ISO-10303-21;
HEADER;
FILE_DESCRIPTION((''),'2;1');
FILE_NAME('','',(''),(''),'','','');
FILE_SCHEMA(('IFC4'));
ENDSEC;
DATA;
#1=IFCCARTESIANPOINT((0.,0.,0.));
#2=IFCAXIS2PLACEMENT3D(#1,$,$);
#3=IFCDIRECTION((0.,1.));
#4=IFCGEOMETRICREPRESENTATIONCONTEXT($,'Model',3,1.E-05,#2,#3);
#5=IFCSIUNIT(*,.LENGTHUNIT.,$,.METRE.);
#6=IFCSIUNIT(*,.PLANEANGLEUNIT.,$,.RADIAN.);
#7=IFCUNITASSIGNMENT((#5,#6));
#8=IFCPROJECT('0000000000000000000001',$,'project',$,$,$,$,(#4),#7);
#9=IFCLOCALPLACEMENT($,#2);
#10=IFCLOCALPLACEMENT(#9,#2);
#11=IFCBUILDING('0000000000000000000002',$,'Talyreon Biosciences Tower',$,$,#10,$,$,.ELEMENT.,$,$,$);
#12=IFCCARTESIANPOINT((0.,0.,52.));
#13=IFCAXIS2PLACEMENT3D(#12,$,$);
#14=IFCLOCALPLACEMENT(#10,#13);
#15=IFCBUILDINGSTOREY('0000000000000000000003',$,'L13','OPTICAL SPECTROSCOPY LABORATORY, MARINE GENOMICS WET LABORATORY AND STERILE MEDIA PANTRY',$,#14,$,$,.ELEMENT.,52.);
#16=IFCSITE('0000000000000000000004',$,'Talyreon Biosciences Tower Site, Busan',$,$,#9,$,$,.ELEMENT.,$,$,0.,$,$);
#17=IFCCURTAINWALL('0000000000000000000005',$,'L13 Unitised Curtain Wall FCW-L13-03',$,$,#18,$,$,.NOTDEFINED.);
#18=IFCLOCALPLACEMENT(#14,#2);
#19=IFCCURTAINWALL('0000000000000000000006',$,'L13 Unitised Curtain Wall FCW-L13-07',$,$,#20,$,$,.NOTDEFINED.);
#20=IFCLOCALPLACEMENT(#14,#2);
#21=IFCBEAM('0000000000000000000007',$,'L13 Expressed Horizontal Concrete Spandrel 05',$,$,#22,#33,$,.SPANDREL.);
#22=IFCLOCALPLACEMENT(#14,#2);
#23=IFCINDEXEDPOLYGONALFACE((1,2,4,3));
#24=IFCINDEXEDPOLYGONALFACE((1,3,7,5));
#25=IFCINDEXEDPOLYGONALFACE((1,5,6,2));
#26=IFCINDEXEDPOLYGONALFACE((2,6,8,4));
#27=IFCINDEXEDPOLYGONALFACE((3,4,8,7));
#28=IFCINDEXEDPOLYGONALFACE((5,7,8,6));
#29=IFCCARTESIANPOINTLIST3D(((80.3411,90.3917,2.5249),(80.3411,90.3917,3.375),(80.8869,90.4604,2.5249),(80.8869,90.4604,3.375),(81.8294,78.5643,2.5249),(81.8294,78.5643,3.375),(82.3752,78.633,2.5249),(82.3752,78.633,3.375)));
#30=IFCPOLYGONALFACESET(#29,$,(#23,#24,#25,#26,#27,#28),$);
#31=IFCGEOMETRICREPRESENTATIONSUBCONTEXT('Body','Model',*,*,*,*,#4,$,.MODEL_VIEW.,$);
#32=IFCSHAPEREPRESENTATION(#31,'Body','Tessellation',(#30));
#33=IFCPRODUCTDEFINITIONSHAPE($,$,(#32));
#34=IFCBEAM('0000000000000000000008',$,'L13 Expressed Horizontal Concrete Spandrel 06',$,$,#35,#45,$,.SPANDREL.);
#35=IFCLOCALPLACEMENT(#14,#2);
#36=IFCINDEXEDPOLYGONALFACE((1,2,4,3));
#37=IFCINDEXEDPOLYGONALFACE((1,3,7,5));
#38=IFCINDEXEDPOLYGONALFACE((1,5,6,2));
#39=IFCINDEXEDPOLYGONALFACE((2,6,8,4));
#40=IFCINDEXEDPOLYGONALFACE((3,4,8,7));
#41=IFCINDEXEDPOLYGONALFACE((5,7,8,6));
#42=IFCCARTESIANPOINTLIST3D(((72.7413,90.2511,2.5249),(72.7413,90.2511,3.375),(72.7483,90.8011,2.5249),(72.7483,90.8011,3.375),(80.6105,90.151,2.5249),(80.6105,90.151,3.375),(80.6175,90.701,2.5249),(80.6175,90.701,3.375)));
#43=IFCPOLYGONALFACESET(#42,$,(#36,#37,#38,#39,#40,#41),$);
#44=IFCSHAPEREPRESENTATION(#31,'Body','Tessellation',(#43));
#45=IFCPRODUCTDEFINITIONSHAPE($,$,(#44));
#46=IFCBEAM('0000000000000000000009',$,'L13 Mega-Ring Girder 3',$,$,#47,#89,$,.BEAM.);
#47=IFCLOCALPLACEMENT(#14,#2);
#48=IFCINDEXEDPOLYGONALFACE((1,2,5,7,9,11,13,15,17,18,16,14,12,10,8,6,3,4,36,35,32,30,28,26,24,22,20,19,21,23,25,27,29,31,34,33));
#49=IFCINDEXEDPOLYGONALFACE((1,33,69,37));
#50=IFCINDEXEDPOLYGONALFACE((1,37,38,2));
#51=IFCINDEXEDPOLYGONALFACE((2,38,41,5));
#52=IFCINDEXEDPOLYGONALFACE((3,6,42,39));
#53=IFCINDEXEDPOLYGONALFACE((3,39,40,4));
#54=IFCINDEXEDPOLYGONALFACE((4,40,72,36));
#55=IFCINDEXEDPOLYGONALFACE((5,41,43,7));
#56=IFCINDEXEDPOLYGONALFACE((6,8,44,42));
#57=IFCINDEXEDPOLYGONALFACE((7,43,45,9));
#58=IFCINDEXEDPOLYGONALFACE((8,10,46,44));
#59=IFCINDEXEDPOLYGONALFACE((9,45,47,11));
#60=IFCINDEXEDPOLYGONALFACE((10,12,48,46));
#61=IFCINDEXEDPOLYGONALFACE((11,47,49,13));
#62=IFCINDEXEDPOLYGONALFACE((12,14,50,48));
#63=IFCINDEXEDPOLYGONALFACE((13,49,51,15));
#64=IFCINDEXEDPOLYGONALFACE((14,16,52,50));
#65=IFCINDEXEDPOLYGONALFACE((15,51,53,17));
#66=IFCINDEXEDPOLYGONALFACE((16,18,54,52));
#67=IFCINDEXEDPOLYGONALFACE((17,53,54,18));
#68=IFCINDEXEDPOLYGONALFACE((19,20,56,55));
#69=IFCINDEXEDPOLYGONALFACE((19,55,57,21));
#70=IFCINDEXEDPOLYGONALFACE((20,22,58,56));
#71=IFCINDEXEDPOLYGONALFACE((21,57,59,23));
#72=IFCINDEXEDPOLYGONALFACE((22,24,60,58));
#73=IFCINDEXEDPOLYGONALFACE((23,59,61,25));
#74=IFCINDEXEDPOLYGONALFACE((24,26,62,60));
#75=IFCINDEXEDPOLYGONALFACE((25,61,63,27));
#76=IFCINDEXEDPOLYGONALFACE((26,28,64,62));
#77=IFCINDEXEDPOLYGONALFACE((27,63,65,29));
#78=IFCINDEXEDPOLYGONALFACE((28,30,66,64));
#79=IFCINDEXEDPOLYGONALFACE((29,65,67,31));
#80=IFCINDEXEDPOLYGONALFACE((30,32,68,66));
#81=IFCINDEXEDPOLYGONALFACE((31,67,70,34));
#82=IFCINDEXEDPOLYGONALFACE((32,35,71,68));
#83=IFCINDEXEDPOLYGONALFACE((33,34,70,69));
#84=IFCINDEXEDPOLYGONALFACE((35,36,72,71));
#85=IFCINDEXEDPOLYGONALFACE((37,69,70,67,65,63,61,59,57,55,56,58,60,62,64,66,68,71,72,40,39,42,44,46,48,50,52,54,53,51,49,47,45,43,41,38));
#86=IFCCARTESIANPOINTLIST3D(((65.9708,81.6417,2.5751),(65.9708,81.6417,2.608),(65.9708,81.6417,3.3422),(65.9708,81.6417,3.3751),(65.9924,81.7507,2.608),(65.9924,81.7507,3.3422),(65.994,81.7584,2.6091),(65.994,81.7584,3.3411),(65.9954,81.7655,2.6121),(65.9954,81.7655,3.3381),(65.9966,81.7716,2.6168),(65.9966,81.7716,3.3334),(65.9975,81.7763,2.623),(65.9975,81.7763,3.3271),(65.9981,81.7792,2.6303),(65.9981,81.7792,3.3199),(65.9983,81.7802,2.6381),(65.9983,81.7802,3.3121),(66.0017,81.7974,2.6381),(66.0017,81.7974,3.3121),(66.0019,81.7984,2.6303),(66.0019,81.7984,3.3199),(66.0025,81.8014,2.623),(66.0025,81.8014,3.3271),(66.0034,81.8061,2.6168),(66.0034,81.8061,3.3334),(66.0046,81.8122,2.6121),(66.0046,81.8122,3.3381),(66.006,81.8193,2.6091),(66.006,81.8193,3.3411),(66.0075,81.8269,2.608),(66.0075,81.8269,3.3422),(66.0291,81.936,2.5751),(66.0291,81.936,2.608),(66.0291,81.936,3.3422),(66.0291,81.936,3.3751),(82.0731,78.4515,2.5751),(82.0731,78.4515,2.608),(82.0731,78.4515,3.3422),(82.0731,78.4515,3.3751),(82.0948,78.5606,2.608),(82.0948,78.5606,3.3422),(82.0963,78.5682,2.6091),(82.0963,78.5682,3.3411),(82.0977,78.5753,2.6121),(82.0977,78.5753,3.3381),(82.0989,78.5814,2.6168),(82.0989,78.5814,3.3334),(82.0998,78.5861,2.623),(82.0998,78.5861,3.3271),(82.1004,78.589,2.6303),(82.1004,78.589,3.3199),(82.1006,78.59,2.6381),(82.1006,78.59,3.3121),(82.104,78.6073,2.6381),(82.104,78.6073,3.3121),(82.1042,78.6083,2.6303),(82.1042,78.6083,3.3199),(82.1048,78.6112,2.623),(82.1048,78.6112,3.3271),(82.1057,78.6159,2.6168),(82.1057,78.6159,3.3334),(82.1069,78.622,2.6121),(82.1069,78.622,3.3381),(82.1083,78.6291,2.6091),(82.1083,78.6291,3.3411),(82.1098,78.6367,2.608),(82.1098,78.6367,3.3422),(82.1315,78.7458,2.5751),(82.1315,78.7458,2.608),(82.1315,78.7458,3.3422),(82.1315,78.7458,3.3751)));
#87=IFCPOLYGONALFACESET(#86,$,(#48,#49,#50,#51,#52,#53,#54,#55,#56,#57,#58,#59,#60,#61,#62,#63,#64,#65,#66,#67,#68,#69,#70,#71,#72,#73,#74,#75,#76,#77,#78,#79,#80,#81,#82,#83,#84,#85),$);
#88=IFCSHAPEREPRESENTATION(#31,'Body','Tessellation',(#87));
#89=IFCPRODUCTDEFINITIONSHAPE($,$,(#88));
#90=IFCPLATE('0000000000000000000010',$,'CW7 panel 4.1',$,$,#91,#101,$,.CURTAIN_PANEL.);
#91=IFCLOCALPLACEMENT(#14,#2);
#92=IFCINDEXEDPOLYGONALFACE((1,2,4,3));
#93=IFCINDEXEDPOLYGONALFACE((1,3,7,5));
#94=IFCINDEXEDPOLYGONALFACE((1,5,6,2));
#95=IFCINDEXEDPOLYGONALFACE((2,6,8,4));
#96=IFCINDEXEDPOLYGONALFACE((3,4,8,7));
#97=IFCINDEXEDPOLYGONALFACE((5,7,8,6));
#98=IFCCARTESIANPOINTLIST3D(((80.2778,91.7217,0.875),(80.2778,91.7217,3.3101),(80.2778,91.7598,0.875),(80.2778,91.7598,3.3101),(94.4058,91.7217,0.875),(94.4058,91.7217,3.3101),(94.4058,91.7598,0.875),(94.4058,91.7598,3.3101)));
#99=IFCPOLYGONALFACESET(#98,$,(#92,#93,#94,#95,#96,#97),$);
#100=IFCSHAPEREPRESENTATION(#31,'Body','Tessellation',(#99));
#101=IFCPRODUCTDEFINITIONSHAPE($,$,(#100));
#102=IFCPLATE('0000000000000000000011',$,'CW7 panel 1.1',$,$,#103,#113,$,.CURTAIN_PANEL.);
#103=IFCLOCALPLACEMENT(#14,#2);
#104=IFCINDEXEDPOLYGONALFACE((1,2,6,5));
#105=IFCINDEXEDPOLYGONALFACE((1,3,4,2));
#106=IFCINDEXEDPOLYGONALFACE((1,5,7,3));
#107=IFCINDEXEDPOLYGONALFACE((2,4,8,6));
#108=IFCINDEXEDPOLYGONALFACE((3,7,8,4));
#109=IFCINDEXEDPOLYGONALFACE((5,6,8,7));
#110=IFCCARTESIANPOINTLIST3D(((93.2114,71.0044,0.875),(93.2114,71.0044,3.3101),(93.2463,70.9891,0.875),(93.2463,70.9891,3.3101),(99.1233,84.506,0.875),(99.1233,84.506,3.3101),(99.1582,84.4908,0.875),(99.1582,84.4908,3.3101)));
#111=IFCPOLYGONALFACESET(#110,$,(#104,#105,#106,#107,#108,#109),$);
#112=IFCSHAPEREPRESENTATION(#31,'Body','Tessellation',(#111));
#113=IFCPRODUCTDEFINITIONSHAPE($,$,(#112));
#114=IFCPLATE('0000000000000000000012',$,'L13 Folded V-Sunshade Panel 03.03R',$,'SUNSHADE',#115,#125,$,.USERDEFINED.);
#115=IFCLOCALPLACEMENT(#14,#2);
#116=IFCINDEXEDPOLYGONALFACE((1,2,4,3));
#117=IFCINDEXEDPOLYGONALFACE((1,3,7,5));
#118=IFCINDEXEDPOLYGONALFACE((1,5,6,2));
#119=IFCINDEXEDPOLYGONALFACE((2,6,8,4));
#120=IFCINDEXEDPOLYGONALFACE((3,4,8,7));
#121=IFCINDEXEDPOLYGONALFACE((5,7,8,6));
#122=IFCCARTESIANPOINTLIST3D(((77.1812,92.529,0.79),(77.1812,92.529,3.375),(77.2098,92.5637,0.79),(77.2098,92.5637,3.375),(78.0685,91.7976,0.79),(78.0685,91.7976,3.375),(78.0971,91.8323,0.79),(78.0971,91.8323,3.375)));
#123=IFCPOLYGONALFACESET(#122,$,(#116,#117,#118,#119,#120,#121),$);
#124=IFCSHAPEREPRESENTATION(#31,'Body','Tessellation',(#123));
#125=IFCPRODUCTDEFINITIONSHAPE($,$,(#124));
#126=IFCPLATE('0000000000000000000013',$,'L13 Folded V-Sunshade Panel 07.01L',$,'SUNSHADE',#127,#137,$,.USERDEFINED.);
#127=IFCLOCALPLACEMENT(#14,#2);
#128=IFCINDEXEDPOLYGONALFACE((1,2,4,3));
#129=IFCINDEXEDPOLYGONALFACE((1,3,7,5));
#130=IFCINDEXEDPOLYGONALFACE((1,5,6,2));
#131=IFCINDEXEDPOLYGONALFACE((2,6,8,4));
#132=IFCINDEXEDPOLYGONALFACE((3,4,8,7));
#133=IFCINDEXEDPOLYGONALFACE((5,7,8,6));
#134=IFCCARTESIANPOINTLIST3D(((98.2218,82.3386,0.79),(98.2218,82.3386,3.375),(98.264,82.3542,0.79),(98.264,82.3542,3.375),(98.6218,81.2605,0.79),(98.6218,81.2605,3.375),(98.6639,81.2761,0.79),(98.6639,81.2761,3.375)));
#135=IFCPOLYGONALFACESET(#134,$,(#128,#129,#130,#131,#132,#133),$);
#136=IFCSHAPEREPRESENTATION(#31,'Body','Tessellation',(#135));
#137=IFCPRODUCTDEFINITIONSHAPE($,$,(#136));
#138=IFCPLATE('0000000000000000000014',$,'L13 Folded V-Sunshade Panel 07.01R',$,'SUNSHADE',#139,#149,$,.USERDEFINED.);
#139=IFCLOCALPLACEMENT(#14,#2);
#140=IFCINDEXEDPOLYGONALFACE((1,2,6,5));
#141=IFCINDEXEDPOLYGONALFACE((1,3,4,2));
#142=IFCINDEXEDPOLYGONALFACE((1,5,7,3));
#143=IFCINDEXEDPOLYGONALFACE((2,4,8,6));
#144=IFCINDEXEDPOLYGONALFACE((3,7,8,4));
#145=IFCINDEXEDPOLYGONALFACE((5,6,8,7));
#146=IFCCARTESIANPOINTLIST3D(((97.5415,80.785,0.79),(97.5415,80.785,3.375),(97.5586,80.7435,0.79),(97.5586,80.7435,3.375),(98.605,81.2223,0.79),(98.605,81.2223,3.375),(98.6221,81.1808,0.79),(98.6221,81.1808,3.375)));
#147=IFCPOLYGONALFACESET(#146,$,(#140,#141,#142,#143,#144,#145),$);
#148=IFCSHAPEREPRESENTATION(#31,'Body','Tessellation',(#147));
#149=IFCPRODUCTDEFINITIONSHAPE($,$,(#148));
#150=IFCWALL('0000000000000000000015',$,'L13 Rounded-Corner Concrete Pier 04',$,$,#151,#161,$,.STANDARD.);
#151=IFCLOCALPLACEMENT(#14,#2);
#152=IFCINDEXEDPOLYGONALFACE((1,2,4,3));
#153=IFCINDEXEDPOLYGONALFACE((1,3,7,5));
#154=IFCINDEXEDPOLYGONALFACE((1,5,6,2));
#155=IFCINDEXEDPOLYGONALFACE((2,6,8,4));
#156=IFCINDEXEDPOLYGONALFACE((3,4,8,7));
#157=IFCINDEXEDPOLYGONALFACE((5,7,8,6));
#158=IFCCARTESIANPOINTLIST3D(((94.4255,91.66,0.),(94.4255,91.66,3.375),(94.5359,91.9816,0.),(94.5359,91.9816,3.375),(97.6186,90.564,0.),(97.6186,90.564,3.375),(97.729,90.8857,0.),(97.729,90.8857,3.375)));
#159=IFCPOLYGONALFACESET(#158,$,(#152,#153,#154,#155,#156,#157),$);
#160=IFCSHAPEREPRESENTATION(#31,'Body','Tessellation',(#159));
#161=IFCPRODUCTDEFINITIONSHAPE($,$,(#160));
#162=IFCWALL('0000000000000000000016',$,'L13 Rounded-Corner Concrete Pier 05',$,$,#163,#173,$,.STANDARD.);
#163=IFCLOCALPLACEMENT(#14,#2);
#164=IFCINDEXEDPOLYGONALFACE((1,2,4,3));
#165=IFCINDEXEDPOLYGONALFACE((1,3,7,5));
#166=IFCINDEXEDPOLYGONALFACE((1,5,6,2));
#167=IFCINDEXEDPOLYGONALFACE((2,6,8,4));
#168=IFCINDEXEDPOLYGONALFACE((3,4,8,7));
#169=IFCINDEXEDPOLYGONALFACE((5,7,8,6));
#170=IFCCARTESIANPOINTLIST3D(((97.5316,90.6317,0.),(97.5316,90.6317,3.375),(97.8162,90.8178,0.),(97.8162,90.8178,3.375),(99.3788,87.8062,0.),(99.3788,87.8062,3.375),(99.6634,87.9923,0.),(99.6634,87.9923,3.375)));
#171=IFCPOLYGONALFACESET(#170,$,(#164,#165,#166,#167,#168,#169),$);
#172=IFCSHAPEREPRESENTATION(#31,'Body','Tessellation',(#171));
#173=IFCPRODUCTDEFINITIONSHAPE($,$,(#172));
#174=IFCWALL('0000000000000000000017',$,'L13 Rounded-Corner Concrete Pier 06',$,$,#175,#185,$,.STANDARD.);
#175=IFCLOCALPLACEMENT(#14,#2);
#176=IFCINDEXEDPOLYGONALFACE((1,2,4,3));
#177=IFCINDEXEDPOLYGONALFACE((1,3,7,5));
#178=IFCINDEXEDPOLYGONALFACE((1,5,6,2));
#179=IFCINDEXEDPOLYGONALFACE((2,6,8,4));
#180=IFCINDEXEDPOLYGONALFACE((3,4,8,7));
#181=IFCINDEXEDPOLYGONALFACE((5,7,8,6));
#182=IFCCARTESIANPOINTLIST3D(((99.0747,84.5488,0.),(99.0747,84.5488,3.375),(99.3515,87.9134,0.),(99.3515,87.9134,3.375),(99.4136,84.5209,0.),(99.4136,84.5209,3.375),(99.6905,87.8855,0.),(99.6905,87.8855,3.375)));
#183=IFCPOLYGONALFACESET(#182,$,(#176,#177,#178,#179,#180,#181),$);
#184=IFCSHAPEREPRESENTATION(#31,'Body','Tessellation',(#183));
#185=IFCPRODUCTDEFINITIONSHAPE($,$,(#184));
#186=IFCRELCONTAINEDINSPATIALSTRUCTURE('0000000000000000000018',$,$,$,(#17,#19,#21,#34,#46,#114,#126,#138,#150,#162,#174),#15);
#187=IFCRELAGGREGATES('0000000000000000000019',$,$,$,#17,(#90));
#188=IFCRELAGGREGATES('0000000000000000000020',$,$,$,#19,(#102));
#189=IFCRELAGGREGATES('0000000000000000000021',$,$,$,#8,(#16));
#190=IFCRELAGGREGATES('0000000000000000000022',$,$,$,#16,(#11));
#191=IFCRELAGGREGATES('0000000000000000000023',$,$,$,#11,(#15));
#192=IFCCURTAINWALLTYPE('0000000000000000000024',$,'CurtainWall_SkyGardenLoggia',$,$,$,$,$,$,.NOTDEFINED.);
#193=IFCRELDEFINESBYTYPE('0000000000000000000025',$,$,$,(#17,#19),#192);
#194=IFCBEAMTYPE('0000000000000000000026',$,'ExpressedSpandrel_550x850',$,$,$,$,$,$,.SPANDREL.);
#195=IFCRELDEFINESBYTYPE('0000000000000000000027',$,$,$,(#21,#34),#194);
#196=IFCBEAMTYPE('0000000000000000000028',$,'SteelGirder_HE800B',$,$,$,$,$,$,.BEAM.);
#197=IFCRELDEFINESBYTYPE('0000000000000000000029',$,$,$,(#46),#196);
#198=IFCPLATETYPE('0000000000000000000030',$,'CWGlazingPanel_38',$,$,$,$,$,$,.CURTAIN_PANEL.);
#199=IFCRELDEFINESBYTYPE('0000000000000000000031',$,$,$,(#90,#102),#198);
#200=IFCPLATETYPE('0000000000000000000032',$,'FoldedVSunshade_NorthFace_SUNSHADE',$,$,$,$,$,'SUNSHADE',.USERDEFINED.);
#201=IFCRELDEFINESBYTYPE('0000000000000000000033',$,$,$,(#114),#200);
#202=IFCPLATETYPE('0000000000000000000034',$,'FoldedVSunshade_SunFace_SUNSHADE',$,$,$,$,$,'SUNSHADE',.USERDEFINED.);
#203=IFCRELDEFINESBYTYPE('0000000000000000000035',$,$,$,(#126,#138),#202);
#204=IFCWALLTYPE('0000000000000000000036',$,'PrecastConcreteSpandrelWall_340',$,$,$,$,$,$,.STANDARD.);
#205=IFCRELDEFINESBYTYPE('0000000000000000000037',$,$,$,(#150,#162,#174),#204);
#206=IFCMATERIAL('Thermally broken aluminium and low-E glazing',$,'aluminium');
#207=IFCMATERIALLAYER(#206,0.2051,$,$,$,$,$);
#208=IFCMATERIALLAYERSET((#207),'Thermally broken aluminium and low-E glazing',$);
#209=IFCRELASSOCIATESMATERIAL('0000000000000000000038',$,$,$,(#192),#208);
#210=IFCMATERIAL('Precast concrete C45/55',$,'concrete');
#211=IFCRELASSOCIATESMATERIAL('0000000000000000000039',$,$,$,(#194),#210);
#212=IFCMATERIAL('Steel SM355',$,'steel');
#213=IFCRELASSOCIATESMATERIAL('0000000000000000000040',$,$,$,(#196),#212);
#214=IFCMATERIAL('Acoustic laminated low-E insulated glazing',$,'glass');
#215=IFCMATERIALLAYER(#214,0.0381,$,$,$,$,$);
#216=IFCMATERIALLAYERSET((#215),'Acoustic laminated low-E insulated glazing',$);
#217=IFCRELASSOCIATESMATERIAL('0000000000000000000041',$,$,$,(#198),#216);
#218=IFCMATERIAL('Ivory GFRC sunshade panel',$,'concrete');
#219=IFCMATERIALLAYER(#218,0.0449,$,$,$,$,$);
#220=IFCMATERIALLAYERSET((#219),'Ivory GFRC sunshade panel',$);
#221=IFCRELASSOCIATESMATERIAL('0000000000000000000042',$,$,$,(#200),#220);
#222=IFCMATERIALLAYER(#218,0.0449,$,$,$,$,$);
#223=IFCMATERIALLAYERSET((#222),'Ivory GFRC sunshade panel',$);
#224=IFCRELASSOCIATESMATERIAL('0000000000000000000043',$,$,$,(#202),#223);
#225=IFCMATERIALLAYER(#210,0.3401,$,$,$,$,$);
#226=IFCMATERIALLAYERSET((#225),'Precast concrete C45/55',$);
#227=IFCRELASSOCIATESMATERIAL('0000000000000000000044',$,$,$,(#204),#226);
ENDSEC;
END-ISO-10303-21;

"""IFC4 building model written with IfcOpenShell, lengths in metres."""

from ifc_helpers import new_model, si_unit, direction, frame, frame_2d, origin, origin_2d, place, context, subcontext, project, spatial, rectangle, i_section, extrude, material, layer, layer_set, material_profile, profile_set, type_object, element, aggregate, save


model = new_model("IFC4")

# Units and contexts
model_context = context("Model", 3, precision=1e-05, world=origin(), true_north=direction((0.0, 1.0)))
body_context = subcontext(model_context, "Body", "Model", "MODEL_VIEW")
ifc_project = project(units=[si_unit("LENGTHUNIT", "METRE"), si_unit("PLANEANGLEUNIT", "RADIAN")], contexts=[model_context])

# Site, building, storey
site_placement = place(None, origin())
site = spatial("IfcSite", under=ifc_project, at=site_placement, Name="Talyreon Biosciences Tower Site, Busan", CompositionType="ELEMENT", RefElevation=0.0)
building_placement = place(site_placement, origin())
building = spatial("IfcBuilding", under=site, at=building_placement, Name="Talyreon Biosciences Tower", CompositionType="ELEMENT")
storey_placement = place(building_placement, frame((0.0, 0.0, 52.0)))
storey = spatial("IfcBuildingStorey", under=building, at=storey_placement, Name="L13", Description="OPTICAL SPECTROSCOPY LABORATORY, MARINE GENOMICS WET LABORATORY AND STERILE MEDIA PANTRY", CompositionType="ELEMENT", Elevation=52.0)

# Curtain walls
ifc_material_1 = material(Name="Thermally broken aluminium and low-E glazing", Category="aluminium")
ifc_layer_1 = layer(ifc_material_1, 0.2051)
ifc_layer_set_1 = layer_set([ifc_layer_1], Name="Thermally broken aluminium and low-E glazing")
curtain_wall_type = type_object("IfcCurtainWallType", Name="CurtainWall_SkyGardenLoggia", PredefinedType="NOTDEFINED", material=ifc_layer_set_1)
curtain_wall_1_placement = place(storey_placement, origin())
curtain_wall_1 = element("IfcCurtainWall", 1, at=curtain_wall_1_placement, inside=storey, type_object=curtain_wall_type, Name="L13 Unitised Curtain Wall FCW-L13-03", PredefinedType="NOTDEFINED")
curtain_wall_2_placement = place(storey_placement, origin())
curtain_wall_2 = element("IfcCurtainWall", 2, at=curtain_wall_2_placement, inside=storey, type_object=curtain_wall_type, Name="L13 Unitised Curtain Wall FCW-L13-07", PredefinedType="NOTDEFINED")

# Beams
ifc_material_2 = material(Name="Precast concrete C45/55", Category="concrete")
ifc_material_profile_1 = material_profile(ifc_material_2, rectangle(XDim=0.55, YDim=0.8501, at=origin_2d()), Name="RCB 550x850")
ifc_profile_set_1 = profile_set([ifc_material_profile_1], Name="Precast concrete C45/55")
beam_type_1 = type_object("IfcBeamType", Name="ExpressedSpandrel_550x850", PredefinedType="SPANDREL", material=ifc_profile_set_1)
beam_1_placement = place(storey_placement, frame((82.1023, 78.5986, 2.95), z_axis=(-0.124849, 0.992176, 0.0), x_axis=(-0.992176, -0.124849, 0.0)))
element("IfcBeam", 3, at=beam_1_placement, inside=storey, type_object=beam_type_1, Name="L13 Expressed Horizontal Concrete Spandrel 05", PredefinedType="SPANDREL", context=body_context, shape_type="SweptSolid", body=[
    extrude(rectangle(XDim=0.55, YDim=0.8501, at=origin_2d()), origin(), (0.0, 0.0, 1.0), 11.9207),
])
beam_2_placement = place(storey_placement, frame((80.614, 90.426, 2.95), z_axis=(-0.999919, 0.012719, 0.0), x_axis=(-0.012719, -0.999919, 0.0)))
element("IfcBeam", 4, at=beam_2_placement, inside=storey, type_object=beam_type_1, Name="L13 Expressed Horizontal Concrete Spandrel 06", PredefinedType="SPANDREL", context=body_context, shape_type="SweptSolid", body=[
    extrude(rectangle(XDim=0.55, YDim=0.8501, at=origin_2d()), origin(), (0.0, 0.0, 1.0), 7.8699),
])
ifc_material_3 = material(Name="Steel SM355", Category="steel")
ifc_material_profile_2 = material_profile(ifc_material_3, i_section(OverallWidth=0.3, OverallDepth=0.8, WebThickness=0.0176, FlangeThickness=0.033, FilletRadius=0.03, at=origin_2d()), Name="HE800B")
ifc_profile_set_2 = profile_set([ifc_material_profile_2], Name="Steel SM355")
beam_type_2 = type_object("IfcBeamType", Name="SteelGirder_HE800B", PredefinedType="BEAM", material=ifc_profile_set_2)
beam_3_placement = place(storey_placement, frame((82.1023, 78.5986, 2.9751), z_axis=(-0.980934, 0.194343, 0.0), x_axis=(-0.194343, -0.980934, 0.0)))
element("IfcBeam", 5, at=beam_3_placement, inside=storey, type_object=beam_type_2, Name="L13 Mega-Ring Girder 3", PredefinedType="BEAM", context=body_context, shape_type="SweptSolid", body=[
    extrude(i_section(OverallWidth=0.3, OverallDepth=0.8, WebThickness=0.0176, FlangeThickness=0.033, FilletRadius=0.03, at=origin_2d()), origin(), (0.0, 0.0, 1.0), 16.4153),
])

# Plates
ifc_material_4 = material(Name="Acoustic laminated low-E insulated glazing", Category="glass")
ifc_layer_2 = layer(ifc_material_4, 0.0381)
ifc_layer_set_2 = layer_set([ifc_layer_2], Name="Acoustic laminated low-E insulated glazing")
plate_type_1 = type_object("IfcPlateType", Name="CWGlazingPanel_38", PredefinedType="CURTAIN_PANEL", material=ifc_layer_set_2)
plate_1_placement = place(storey_placement, frame((87.3418, 91.7407, 0.875), z_axis=(0.0, 0.0, 1.0), x_axis=(1.0, 0.0, 0.0)))
plate_1 = element("IfcPlate", 6, at=plate_1_placement, type_object=plate_type_1, Name="CW7 panel 4.1", PredefinedType="CURTAIN_PANEL", context=body_context, shape_type="SweptSolid", body=[
    extrude(rectangle(XDim=14.1279, YDim=0.0381, at=origin_2d()), origin(), (0.0, 0.0, 1.0), 2.4351),
])
aggregate(curtain_wall_1, [plate_1])
plate_2_placement = place(storey_placement, frame((96.1848, 77.7476, 0.875), z_axis=(0.0, 0.0, 1.0), x_axis=(-0.401098, -0.916035, 0.0)))
plate_2 = element("IfcPlate", 7, at=plate_2_placement, type_object=plate_type_1, Name="CW7 panel 1.1", PredefinedType="CURTAIN_PANEL", context=body_context, shape_type="SweptSolid", body=[
    extrude(rectangle(XDim=14.7393, YDim=0.0381, at=origin_2d()), origin(), (0.0, 0.0, 1.0), 2.4351),
])
aggregate(curtain_wall_2, [plate_2])

# Plates
ifc_material_5 = material(Name="Ivory GFRC sunshade panel", Category="concrete")
ifc_layer_3 = layer(ifc_material_5, 0.0449)
ifc_layer_set_3 = layer_set([ifc_layer_3], Name="Ivory GFRC sunshade panel")
plate_type_2 = type_object("IfcPlateType", Name="FoldedVSunshade_NorthFace_SUNSHADE", ElementType="SUNSHADE", PredefinedType="USERDEFINED", material=ifc_layer_set_3)
plate_3_placement = place(storey_placement, frame((77.6392, 92.1807, 0.79), z_axis=(0.0, 0.0, 1.0), x_axis=(0.771625, -0.636078, 0.0)))
element("IfcPlate", 8, at=plate_3_placement, inside=storey, type_object=plate_type_2, Name="L13 Folded V-Sunshade Panel 03.03R", ObjectType="SUNSHADE", PredefinedType="USERDEFINED", context=body_context, shape_type="SweptSolid", body=[
    extrude(rectangle(XDim=1.1499, YDim=0.0449, at=origin_2d()), origin(), (0.0, 0.0, 1.0), 2.585),
])
ifc_layer_4 = layer(ifc_material_5, 0.0449)
ifc_layer_set_4 = layer_set([ifc_layer_4], Name="Ivory GFRC sunshade panel")
plate_type_3 = type_object("IfcPlateType", Name="FoldedVSunshade_SunFace_SUNSHADE", ElementType="SUNSHADE", PredefinedType="USERDEFINED", material=ifc_layer_set_4)
for number, where, z_axis, x_axis, name in (
    (9, (98.4429, 81.8074, 0.79), (0.0, 0.0, 1.0), (0.347803, -0.937568, 0.0), "L13 Folded V-Sunshade Panel 07.01L"),
    (10, (98.0818, 80.9829, 0.79), (0.0, 0.0, 1.0), (-0.924858, -0.380312, 0.0), "L13 Folded V-Sunshade Panel 07.01R"),
):
    element("IfcPlate", number, at=place(storey_placement, frame(where, z_axis=z_axis, x_axis=x_axis)), inside=storey, type_object=plate_type_3, Name=name, ObjectType="SUNSHADE", PredefinedType="USERDEFINED", context=body_context, shape_type="SweptSolid", body=[
        extrude(rectangle(XDim=1.1499, YDim=0.0449, at=origin_2d()), origin(), (0.0, 0.0, 1.0), 2.585),
    ])

# Walls
ifc_layer_5 = layer(ifc_material_2, 0.3401)
ifc_layer_set_5 = layer_set([ifc_layer_5], Name="Precast concrete C45/55")
wall_type = type_object("IfcWallType", Name="PrecastConcreteSpandrelWall_340", PredefinedType="STANDARD", material=ifc_layer_set_5)
wall_1_placement = place(storey_placement, frame((94.4807, 91.8208, 0.0), z_axis=(0.0, 0.0, 1.0), x_axis=(0.94584, -0.324633, 0.0)))
element("IfcWall", 11, at=wall_1_placement, inside=storey, type_object=wall_type, Name="L13 Rounded-Corner Concrete Pier 04", PredefinedType="STANDARD", context=body_context, shape_type="SweptSolid", body=[
    extrude(rectangle(XDim=3.376, YDim=0.3401, at=frame_2d((1.688, 0.0))), origin(), (0.0, 0.0, 1.0), 3.375),
])
wall_2_placement = place(storey_placement, frame((97.6738, 90.7249, 0.0), z_axis=(0.0, 0.0, 1.0), x_axis=(0.547201, -0.837001, 0.0)))
element("IfcWall", 12, at=wall_2_placement, inside=storey, type_object=wall_type, Name="L13 Rounded-Corner Concrete Pier 05", PredefinedType="STANDARD", context=body_context, shape_type="SweptSolid", body=[
    extrude(rectangle(XDim=3.3757, YDim=0.3401, at=frame_2d((1.688, 0.0))), origin(), (0.0, 0.0, 1.0), 3.375),
])
wall_3_placement = place(storey_placement, frame((99.521, 87.8994, 0.0), z_axis=(0.0, 0.0, 1.0), x_axis=(-0.08201, -0.996632, 0.0)))
element("IfcWall", 13, at=wall_3_placement, inside=storey, type_object=wall_type, Name="L13 Rounded-Corner Concrete Pier 06", PredefinedType="STANDARD", context=body_context, shape_type="SweptSolid", body=[
    extrude(rectangle(XDim=3.376, YDim=0.3401, at=frame_2d((1.688, 0.0))), origin(), (0.0, 0.0, 1.0), 3.375),
])

save(model, "model.ifc")
